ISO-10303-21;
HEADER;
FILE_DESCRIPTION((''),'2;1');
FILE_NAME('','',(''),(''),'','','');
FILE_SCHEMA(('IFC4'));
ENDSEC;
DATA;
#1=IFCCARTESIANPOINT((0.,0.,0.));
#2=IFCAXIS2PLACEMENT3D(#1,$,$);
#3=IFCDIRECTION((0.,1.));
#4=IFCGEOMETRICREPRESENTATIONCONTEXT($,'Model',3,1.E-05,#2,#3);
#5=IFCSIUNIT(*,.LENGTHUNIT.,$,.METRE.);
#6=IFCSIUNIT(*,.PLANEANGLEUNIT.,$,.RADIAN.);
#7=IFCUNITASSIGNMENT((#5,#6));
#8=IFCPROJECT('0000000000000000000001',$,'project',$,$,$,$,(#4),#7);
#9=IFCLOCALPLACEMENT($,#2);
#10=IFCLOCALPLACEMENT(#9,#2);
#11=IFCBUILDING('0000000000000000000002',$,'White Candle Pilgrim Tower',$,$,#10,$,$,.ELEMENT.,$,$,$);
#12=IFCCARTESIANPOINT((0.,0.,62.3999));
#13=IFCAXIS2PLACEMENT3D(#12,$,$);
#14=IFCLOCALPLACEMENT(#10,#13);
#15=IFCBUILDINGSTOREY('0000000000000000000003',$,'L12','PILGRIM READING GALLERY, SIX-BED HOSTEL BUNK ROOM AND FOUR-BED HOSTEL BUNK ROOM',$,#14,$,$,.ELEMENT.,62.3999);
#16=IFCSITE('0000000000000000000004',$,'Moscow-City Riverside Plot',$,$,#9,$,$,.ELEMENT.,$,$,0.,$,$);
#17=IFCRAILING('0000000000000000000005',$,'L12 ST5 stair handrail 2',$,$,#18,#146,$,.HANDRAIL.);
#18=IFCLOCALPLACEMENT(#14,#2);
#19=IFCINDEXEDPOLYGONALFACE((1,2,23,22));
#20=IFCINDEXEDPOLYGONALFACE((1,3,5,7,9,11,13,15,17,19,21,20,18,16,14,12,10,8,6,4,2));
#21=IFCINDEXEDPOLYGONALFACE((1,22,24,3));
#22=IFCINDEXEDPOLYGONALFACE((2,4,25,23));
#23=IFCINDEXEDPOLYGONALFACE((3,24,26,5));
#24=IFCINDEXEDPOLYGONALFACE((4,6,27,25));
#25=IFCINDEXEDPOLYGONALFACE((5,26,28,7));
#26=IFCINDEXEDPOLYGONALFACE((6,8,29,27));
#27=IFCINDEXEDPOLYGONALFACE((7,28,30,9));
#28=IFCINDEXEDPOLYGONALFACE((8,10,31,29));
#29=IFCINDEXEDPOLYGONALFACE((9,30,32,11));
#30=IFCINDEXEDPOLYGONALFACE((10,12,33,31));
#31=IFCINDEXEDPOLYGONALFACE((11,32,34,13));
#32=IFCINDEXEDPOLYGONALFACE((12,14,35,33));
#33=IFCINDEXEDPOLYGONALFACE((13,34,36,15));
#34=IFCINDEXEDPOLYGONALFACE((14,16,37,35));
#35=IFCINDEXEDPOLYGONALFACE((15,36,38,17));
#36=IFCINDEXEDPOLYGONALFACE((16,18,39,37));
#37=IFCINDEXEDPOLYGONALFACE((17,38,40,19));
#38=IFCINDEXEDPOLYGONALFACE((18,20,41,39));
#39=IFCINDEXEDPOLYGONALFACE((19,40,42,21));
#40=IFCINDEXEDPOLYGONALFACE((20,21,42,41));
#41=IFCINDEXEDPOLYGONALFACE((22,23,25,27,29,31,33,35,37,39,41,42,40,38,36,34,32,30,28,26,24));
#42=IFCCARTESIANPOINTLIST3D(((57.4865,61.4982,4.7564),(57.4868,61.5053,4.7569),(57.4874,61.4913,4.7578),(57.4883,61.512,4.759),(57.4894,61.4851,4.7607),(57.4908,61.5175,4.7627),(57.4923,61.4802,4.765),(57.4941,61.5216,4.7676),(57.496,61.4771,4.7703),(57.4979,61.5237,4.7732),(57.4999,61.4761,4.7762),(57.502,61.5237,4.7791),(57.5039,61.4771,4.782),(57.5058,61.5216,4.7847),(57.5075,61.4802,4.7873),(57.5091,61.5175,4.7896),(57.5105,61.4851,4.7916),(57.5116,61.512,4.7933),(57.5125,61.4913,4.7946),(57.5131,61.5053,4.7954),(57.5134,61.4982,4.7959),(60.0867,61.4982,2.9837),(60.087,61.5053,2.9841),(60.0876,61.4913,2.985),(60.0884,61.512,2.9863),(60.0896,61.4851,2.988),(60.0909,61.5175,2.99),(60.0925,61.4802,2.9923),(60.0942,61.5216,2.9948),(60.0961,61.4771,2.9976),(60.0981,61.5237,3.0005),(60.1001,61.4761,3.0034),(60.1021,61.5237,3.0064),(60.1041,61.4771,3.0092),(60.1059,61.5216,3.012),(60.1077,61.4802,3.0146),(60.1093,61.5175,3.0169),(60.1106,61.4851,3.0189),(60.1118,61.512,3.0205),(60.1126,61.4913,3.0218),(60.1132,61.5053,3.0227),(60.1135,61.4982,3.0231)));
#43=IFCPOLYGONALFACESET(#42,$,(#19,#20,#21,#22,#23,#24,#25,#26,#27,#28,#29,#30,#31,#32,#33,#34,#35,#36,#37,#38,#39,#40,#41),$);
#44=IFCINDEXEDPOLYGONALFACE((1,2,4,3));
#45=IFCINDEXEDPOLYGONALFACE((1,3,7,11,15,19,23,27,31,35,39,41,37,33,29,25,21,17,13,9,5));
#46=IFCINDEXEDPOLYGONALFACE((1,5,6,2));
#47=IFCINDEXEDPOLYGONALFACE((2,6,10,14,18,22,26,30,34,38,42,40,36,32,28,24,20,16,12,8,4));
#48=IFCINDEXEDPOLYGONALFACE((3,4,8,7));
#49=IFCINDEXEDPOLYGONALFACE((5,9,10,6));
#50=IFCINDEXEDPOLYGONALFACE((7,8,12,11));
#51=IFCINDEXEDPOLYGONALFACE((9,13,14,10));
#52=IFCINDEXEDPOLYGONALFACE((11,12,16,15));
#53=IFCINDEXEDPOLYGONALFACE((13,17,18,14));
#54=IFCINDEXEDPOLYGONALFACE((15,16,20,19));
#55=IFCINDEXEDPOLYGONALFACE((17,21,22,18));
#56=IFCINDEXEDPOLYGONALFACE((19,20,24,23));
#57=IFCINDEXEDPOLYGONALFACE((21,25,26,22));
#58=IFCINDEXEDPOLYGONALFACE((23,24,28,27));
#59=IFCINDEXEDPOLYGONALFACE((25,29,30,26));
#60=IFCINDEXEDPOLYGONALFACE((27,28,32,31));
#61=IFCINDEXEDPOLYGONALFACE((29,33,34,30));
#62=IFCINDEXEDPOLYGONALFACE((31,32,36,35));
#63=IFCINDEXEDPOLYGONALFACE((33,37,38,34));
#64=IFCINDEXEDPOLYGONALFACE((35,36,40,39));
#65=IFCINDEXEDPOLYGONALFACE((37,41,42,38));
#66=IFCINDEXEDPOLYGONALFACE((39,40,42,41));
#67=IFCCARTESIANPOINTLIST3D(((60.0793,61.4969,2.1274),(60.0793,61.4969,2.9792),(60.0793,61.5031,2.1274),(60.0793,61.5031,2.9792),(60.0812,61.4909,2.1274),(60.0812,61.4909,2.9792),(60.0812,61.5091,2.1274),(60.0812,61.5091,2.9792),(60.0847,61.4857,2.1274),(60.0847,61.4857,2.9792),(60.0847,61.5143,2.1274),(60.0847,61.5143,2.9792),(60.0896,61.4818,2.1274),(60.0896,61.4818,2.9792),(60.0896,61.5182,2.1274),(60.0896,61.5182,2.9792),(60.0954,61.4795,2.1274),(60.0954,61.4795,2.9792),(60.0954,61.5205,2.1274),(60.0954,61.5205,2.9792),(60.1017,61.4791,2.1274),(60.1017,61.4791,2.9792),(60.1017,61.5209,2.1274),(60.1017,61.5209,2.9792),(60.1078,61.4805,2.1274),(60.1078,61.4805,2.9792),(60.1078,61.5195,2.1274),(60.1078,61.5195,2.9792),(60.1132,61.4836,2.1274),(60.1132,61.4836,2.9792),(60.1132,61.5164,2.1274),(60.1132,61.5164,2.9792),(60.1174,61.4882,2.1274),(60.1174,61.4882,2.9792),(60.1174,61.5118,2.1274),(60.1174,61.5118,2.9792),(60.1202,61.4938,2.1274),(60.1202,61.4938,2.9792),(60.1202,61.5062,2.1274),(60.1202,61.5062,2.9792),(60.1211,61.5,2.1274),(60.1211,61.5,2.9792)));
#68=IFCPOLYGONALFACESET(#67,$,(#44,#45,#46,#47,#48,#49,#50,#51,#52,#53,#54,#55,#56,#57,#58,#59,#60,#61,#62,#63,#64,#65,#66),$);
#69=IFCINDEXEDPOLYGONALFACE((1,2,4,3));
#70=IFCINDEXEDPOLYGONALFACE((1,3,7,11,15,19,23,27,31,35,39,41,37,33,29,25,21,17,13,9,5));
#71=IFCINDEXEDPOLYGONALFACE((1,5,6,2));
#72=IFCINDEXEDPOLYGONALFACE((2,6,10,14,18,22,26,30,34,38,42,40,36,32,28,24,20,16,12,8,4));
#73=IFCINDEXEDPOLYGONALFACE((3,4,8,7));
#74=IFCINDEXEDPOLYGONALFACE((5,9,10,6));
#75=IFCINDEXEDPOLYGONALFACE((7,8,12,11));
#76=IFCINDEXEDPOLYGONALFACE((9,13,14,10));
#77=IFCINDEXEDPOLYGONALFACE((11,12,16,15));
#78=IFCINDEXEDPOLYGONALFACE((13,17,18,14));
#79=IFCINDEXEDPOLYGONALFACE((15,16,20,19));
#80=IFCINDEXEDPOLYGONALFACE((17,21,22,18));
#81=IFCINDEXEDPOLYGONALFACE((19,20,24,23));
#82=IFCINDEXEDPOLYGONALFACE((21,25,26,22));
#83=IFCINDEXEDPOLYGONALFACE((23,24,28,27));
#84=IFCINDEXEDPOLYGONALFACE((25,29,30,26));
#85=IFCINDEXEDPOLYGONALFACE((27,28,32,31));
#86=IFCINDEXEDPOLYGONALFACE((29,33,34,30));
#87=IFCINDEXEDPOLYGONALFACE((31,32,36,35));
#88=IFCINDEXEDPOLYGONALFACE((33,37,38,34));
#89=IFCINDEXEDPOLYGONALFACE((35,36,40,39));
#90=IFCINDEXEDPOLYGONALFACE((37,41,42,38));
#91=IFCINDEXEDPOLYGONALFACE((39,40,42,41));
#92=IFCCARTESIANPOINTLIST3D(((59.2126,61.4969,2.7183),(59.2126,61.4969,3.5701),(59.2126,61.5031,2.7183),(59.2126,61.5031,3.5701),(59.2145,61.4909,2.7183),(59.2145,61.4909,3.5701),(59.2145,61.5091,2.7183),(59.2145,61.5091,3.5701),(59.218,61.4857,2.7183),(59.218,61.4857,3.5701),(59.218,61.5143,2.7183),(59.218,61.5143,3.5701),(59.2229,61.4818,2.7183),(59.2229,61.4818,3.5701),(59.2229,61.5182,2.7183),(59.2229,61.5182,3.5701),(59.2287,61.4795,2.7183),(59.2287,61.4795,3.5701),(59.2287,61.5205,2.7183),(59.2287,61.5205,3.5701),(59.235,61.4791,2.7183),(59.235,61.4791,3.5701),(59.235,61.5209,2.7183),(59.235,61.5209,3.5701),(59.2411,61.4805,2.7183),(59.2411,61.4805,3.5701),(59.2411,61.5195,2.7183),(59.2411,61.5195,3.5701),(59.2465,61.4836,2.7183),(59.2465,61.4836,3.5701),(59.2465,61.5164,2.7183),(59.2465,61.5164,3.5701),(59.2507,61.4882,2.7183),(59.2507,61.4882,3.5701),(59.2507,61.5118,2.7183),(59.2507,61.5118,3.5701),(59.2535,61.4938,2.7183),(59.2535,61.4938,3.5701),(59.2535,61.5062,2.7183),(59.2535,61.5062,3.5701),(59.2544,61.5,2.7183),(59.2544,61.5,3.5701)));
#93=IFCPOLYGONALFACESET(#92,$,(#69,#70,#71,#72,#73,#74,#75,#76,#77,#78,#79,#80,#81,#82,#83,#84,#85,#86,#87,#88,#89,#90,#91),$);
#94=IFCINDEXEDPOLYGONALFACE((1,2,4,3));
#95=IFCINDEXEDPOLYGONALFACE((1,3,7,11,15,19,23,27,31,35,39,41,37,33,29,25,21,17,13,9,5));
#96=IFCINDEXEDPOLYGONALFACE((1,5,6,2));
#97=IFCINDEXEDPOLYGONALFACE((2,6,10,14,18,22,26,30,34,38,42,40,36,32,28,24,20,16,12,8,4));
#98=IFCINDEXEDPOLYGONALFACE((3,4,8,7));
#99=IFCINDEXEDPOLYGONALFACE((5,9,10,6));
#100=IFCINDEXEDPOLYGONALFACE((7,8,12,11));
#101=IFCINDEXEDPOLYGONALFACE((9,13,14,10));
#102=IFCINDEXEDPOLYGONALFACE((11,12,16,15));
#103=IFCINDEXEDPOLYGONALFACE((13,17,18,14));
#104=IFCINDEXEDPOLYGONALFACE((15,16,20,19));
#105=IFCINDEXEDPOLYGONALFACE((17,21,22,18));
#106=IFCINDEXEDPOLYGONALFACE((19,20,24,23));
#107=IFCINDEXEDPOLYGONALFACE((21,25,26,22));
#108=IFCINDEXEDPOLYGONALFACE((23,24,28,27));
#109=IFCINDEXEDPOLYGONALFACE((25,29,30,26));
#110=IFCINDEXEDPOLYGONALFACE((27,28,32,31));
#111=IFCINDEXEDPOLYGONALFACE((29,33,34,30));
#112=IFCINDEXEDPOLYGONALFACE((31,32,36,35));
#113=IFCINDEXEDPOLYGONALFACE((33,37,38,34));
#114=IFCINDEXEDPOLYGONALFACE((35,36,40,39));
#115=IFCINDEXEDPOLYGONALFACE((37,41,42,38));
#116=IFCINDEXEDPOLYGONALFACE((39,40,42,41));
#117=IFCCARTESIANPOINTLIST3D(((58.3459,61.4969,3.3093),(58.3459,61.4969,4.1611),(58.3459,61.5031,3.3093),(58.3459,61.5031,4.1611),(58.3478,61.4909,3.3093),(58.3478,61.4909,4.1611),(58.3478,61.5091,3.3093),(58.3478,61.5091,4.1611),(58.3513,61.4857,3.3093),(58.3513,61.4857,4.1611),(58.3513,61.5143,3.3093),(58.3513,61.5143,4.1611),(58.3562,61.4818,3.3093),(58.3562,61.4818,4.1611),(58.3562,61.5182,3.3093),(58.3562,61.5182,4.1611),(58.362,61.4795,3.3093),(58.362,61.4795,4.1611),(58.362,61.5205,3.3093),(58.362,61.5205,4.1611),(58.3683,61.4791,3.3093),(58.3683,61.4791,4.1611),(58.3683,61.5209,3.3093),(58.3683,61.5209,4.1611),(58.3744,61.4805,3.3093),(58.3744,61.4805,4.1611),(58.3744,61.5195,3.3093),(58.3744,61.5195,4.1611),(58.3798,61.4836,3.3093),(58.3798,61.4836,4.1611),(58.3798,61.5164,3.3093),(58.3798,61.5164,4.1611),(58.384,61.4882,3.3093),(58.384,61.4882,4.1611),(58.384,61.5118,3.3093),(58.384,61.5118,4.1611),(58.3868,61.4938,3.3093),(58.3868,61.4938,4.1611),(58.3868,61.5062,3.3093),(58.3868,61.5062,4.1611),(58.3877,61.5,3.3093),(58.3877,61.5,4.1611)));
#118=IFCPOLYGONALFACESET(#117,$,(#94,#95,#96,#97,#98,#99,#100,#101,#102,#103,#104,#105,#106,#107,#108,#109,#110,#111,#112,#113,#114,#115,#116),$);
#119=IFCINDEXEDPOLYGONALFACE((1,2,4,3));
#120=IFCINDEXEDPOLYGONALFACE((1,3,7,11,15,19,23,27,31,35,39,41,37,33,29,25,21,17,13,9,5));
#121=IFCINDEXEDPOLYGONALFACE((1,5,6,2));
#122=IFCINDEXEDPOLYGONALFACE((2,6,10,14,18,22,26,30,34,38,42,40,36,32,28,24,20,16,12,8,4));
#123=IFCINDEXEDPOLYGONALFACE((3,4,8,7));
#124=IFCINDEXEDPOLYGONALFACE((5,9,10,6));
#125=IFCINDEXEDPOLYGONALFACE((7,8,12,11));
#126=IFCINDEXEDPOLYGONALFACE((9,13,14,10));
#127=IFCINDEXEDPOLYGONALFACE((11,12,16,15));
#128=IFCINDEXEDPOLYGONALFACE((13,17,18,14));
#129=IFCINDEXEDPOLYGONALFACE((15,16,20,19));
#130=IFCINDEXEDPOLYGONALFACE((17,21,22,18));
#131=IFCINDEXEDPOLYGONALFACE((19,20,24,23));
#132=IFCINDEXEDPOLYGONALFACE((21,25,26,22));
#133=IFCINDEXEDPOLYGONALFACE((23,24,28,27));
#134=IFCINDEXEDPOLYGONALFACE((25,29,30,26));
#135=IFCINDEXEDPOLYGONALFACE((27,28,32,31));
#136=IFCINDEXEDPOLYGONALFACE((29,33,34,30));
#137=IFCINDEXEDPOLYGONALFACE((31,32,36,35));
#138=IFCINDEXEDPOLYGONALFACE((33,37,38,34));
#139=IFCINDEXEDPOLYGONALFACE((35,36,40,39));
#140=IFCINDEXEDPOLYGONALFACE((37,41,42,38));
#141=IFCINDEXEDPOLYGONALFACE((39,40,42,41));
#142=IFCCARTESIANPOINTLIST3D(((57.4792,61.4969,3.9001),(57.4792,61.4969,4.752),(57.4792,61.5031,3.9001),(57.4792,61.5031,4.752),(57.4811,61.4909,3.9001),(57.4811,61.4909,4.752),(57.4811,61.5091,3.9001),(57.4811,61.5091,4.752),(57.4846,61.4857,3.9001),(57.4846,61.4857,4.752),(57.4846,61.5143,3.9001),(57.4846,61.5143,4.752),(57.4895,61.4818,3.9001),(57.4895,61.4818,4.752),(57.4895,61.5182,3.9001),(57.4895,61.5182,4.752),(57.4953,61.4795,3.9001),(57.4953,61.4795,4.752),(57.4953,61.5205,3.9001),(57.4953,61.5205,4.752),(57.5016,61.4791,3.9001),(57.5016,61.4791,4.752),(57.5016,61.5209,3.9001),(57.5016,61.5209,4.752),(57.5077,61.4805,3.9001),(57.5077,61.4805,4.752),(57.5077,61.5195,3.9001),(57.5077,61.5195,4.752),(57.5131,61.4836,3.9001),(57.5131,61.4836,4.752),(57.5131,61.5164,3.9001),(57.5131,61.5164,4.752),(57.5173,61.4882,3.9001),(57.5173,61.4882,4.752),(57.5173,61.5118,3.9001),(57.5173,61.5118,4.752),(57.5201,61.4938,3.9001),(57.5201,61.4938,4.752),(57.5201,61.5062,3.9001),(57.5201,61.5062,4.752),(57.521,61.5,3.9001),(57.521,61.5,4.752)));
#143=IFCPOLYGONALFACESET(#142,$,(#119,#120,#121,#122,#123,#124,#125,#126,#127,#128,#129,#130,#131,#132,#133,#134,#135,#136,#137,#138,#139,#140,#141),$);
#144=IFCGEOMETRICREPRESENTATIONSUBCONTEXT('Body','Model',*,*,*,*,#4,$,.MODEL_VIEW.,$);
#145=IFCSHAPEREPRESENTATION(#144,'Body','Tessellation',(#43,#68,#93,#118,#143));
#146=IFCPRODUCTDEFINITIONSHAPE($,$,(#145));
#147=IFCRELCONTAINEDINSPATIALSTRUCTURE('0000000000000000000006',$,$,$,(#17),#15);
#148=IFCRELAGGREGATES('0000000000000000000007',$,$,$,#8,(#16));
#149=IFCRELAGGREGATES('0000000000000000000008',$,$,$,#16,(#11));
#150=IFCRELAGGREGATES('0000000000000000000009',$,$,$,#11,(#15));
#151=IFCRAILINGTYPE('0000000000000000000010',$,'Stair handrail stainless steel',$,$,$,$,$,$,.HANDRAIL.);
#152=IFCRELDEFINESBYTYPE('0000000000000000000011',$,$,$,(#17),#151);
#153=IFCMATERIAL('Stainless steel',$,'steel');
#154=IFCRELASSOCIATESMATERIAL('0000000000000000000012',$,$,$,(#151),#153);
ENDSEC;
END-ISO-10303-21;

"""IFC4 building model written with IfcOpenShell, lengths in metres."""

from ifc_helpers import new_model, si_unit, direction, frame, origin, origin_2d, place, context, subcontext, project, spatial, circle, extrude, material, type_object, element, save


model = new_model("IFC4")

# Units and contexts
model_context = context("Model", 3, precision=1e-05, world=origin(), true_north=direction((0.0, 1.0)))
body_context = subcontext(model_context, "Body", "Model", "MODEL_VIEW")
ifc_project = project(units=[si_unit("LENGTHUNIT", "METRE"), si_unit("PLANEANGLEUNIT", "RADIAN")], contexts=[model_context])

# Site, building, storey
site_placement = place(None, origin())
site = spatial("IfcSite", under=ifc_project, at=site_placement, Name="Moscow-City Riverside Plot", CompositionType="ELEMENT", RefElevation=0.0)
building_placement = place(site_placement, origin())
building = spatial("IfcBuilding", under=site, at=building_placement, Name="White Candle Pilgrim Tower", CompositionType="ELEMENT")
storey_placement = place(building_placement, frame((0.0, 0.0, 62.3999)))
storey = spatial("IfcBuildingStorey", under=building, at=storey_placement, Name="L12", Description="PILGRIM READING GALLERY, SIX-BED HOSTEL BUNK ROOM AND FOUR-BED HOSTEL BUNK ROOM", CompositionType="ELEMENT", Elevation=62.3999)

# Railing
ifc_material_1 = material(Name="Stainless steel", Category="steel")
railing_type_1 = type_object("IfcRailingType", Name="Stair handrail stainless steel", PredefinedType="HANDRAIL", material=ifc_material_1)
railing_1_placement = place(storey_placement, frame((60.1001, 61.5, 2.1274)))
element("IfcRailing", 1, at=railing_1_placement, inside=storey, type_object=railing_type_1, Name="L12 ST5 stair handrail 2", PredefinedType="HANDRAIL", context=body_context, shape_type="SweptSolid", body=[
    extrude(circle(Radius=0.0239, at=origin_2d()), frame((0.0, 0.0, 0.876), z_axis=(-0.82624, 0.0, 0.563318), x_axis=(0.0, -1.0, 0.0)), (0.0, 0.0, 1.0), 3.147),
    extrude(circle(Radius=0.021, at=origin_2d()), origin(), (0.0, 0.0, 1.0), 0.8518),
    extrude(circle(Radius=0.021, at=origin_2d()), frame((-0.8667, 0.0, 0.5908)), (0.0, 0.0, 1.0), 0.8518),
    extrude(circle(Radius=0.021, at=origin_2d()), frame((-1.7334, 0.0, 1.1819)), (0.0, 0.0, 1.0), 0.8518),
    extrude(circle(Radius=0.021, at=origin_2d()), frame((-2.6001, 0.0, 1.7727)), (0.0, 0.0, 1.0), 0.8518),
])

save(model, "model.ifc")
